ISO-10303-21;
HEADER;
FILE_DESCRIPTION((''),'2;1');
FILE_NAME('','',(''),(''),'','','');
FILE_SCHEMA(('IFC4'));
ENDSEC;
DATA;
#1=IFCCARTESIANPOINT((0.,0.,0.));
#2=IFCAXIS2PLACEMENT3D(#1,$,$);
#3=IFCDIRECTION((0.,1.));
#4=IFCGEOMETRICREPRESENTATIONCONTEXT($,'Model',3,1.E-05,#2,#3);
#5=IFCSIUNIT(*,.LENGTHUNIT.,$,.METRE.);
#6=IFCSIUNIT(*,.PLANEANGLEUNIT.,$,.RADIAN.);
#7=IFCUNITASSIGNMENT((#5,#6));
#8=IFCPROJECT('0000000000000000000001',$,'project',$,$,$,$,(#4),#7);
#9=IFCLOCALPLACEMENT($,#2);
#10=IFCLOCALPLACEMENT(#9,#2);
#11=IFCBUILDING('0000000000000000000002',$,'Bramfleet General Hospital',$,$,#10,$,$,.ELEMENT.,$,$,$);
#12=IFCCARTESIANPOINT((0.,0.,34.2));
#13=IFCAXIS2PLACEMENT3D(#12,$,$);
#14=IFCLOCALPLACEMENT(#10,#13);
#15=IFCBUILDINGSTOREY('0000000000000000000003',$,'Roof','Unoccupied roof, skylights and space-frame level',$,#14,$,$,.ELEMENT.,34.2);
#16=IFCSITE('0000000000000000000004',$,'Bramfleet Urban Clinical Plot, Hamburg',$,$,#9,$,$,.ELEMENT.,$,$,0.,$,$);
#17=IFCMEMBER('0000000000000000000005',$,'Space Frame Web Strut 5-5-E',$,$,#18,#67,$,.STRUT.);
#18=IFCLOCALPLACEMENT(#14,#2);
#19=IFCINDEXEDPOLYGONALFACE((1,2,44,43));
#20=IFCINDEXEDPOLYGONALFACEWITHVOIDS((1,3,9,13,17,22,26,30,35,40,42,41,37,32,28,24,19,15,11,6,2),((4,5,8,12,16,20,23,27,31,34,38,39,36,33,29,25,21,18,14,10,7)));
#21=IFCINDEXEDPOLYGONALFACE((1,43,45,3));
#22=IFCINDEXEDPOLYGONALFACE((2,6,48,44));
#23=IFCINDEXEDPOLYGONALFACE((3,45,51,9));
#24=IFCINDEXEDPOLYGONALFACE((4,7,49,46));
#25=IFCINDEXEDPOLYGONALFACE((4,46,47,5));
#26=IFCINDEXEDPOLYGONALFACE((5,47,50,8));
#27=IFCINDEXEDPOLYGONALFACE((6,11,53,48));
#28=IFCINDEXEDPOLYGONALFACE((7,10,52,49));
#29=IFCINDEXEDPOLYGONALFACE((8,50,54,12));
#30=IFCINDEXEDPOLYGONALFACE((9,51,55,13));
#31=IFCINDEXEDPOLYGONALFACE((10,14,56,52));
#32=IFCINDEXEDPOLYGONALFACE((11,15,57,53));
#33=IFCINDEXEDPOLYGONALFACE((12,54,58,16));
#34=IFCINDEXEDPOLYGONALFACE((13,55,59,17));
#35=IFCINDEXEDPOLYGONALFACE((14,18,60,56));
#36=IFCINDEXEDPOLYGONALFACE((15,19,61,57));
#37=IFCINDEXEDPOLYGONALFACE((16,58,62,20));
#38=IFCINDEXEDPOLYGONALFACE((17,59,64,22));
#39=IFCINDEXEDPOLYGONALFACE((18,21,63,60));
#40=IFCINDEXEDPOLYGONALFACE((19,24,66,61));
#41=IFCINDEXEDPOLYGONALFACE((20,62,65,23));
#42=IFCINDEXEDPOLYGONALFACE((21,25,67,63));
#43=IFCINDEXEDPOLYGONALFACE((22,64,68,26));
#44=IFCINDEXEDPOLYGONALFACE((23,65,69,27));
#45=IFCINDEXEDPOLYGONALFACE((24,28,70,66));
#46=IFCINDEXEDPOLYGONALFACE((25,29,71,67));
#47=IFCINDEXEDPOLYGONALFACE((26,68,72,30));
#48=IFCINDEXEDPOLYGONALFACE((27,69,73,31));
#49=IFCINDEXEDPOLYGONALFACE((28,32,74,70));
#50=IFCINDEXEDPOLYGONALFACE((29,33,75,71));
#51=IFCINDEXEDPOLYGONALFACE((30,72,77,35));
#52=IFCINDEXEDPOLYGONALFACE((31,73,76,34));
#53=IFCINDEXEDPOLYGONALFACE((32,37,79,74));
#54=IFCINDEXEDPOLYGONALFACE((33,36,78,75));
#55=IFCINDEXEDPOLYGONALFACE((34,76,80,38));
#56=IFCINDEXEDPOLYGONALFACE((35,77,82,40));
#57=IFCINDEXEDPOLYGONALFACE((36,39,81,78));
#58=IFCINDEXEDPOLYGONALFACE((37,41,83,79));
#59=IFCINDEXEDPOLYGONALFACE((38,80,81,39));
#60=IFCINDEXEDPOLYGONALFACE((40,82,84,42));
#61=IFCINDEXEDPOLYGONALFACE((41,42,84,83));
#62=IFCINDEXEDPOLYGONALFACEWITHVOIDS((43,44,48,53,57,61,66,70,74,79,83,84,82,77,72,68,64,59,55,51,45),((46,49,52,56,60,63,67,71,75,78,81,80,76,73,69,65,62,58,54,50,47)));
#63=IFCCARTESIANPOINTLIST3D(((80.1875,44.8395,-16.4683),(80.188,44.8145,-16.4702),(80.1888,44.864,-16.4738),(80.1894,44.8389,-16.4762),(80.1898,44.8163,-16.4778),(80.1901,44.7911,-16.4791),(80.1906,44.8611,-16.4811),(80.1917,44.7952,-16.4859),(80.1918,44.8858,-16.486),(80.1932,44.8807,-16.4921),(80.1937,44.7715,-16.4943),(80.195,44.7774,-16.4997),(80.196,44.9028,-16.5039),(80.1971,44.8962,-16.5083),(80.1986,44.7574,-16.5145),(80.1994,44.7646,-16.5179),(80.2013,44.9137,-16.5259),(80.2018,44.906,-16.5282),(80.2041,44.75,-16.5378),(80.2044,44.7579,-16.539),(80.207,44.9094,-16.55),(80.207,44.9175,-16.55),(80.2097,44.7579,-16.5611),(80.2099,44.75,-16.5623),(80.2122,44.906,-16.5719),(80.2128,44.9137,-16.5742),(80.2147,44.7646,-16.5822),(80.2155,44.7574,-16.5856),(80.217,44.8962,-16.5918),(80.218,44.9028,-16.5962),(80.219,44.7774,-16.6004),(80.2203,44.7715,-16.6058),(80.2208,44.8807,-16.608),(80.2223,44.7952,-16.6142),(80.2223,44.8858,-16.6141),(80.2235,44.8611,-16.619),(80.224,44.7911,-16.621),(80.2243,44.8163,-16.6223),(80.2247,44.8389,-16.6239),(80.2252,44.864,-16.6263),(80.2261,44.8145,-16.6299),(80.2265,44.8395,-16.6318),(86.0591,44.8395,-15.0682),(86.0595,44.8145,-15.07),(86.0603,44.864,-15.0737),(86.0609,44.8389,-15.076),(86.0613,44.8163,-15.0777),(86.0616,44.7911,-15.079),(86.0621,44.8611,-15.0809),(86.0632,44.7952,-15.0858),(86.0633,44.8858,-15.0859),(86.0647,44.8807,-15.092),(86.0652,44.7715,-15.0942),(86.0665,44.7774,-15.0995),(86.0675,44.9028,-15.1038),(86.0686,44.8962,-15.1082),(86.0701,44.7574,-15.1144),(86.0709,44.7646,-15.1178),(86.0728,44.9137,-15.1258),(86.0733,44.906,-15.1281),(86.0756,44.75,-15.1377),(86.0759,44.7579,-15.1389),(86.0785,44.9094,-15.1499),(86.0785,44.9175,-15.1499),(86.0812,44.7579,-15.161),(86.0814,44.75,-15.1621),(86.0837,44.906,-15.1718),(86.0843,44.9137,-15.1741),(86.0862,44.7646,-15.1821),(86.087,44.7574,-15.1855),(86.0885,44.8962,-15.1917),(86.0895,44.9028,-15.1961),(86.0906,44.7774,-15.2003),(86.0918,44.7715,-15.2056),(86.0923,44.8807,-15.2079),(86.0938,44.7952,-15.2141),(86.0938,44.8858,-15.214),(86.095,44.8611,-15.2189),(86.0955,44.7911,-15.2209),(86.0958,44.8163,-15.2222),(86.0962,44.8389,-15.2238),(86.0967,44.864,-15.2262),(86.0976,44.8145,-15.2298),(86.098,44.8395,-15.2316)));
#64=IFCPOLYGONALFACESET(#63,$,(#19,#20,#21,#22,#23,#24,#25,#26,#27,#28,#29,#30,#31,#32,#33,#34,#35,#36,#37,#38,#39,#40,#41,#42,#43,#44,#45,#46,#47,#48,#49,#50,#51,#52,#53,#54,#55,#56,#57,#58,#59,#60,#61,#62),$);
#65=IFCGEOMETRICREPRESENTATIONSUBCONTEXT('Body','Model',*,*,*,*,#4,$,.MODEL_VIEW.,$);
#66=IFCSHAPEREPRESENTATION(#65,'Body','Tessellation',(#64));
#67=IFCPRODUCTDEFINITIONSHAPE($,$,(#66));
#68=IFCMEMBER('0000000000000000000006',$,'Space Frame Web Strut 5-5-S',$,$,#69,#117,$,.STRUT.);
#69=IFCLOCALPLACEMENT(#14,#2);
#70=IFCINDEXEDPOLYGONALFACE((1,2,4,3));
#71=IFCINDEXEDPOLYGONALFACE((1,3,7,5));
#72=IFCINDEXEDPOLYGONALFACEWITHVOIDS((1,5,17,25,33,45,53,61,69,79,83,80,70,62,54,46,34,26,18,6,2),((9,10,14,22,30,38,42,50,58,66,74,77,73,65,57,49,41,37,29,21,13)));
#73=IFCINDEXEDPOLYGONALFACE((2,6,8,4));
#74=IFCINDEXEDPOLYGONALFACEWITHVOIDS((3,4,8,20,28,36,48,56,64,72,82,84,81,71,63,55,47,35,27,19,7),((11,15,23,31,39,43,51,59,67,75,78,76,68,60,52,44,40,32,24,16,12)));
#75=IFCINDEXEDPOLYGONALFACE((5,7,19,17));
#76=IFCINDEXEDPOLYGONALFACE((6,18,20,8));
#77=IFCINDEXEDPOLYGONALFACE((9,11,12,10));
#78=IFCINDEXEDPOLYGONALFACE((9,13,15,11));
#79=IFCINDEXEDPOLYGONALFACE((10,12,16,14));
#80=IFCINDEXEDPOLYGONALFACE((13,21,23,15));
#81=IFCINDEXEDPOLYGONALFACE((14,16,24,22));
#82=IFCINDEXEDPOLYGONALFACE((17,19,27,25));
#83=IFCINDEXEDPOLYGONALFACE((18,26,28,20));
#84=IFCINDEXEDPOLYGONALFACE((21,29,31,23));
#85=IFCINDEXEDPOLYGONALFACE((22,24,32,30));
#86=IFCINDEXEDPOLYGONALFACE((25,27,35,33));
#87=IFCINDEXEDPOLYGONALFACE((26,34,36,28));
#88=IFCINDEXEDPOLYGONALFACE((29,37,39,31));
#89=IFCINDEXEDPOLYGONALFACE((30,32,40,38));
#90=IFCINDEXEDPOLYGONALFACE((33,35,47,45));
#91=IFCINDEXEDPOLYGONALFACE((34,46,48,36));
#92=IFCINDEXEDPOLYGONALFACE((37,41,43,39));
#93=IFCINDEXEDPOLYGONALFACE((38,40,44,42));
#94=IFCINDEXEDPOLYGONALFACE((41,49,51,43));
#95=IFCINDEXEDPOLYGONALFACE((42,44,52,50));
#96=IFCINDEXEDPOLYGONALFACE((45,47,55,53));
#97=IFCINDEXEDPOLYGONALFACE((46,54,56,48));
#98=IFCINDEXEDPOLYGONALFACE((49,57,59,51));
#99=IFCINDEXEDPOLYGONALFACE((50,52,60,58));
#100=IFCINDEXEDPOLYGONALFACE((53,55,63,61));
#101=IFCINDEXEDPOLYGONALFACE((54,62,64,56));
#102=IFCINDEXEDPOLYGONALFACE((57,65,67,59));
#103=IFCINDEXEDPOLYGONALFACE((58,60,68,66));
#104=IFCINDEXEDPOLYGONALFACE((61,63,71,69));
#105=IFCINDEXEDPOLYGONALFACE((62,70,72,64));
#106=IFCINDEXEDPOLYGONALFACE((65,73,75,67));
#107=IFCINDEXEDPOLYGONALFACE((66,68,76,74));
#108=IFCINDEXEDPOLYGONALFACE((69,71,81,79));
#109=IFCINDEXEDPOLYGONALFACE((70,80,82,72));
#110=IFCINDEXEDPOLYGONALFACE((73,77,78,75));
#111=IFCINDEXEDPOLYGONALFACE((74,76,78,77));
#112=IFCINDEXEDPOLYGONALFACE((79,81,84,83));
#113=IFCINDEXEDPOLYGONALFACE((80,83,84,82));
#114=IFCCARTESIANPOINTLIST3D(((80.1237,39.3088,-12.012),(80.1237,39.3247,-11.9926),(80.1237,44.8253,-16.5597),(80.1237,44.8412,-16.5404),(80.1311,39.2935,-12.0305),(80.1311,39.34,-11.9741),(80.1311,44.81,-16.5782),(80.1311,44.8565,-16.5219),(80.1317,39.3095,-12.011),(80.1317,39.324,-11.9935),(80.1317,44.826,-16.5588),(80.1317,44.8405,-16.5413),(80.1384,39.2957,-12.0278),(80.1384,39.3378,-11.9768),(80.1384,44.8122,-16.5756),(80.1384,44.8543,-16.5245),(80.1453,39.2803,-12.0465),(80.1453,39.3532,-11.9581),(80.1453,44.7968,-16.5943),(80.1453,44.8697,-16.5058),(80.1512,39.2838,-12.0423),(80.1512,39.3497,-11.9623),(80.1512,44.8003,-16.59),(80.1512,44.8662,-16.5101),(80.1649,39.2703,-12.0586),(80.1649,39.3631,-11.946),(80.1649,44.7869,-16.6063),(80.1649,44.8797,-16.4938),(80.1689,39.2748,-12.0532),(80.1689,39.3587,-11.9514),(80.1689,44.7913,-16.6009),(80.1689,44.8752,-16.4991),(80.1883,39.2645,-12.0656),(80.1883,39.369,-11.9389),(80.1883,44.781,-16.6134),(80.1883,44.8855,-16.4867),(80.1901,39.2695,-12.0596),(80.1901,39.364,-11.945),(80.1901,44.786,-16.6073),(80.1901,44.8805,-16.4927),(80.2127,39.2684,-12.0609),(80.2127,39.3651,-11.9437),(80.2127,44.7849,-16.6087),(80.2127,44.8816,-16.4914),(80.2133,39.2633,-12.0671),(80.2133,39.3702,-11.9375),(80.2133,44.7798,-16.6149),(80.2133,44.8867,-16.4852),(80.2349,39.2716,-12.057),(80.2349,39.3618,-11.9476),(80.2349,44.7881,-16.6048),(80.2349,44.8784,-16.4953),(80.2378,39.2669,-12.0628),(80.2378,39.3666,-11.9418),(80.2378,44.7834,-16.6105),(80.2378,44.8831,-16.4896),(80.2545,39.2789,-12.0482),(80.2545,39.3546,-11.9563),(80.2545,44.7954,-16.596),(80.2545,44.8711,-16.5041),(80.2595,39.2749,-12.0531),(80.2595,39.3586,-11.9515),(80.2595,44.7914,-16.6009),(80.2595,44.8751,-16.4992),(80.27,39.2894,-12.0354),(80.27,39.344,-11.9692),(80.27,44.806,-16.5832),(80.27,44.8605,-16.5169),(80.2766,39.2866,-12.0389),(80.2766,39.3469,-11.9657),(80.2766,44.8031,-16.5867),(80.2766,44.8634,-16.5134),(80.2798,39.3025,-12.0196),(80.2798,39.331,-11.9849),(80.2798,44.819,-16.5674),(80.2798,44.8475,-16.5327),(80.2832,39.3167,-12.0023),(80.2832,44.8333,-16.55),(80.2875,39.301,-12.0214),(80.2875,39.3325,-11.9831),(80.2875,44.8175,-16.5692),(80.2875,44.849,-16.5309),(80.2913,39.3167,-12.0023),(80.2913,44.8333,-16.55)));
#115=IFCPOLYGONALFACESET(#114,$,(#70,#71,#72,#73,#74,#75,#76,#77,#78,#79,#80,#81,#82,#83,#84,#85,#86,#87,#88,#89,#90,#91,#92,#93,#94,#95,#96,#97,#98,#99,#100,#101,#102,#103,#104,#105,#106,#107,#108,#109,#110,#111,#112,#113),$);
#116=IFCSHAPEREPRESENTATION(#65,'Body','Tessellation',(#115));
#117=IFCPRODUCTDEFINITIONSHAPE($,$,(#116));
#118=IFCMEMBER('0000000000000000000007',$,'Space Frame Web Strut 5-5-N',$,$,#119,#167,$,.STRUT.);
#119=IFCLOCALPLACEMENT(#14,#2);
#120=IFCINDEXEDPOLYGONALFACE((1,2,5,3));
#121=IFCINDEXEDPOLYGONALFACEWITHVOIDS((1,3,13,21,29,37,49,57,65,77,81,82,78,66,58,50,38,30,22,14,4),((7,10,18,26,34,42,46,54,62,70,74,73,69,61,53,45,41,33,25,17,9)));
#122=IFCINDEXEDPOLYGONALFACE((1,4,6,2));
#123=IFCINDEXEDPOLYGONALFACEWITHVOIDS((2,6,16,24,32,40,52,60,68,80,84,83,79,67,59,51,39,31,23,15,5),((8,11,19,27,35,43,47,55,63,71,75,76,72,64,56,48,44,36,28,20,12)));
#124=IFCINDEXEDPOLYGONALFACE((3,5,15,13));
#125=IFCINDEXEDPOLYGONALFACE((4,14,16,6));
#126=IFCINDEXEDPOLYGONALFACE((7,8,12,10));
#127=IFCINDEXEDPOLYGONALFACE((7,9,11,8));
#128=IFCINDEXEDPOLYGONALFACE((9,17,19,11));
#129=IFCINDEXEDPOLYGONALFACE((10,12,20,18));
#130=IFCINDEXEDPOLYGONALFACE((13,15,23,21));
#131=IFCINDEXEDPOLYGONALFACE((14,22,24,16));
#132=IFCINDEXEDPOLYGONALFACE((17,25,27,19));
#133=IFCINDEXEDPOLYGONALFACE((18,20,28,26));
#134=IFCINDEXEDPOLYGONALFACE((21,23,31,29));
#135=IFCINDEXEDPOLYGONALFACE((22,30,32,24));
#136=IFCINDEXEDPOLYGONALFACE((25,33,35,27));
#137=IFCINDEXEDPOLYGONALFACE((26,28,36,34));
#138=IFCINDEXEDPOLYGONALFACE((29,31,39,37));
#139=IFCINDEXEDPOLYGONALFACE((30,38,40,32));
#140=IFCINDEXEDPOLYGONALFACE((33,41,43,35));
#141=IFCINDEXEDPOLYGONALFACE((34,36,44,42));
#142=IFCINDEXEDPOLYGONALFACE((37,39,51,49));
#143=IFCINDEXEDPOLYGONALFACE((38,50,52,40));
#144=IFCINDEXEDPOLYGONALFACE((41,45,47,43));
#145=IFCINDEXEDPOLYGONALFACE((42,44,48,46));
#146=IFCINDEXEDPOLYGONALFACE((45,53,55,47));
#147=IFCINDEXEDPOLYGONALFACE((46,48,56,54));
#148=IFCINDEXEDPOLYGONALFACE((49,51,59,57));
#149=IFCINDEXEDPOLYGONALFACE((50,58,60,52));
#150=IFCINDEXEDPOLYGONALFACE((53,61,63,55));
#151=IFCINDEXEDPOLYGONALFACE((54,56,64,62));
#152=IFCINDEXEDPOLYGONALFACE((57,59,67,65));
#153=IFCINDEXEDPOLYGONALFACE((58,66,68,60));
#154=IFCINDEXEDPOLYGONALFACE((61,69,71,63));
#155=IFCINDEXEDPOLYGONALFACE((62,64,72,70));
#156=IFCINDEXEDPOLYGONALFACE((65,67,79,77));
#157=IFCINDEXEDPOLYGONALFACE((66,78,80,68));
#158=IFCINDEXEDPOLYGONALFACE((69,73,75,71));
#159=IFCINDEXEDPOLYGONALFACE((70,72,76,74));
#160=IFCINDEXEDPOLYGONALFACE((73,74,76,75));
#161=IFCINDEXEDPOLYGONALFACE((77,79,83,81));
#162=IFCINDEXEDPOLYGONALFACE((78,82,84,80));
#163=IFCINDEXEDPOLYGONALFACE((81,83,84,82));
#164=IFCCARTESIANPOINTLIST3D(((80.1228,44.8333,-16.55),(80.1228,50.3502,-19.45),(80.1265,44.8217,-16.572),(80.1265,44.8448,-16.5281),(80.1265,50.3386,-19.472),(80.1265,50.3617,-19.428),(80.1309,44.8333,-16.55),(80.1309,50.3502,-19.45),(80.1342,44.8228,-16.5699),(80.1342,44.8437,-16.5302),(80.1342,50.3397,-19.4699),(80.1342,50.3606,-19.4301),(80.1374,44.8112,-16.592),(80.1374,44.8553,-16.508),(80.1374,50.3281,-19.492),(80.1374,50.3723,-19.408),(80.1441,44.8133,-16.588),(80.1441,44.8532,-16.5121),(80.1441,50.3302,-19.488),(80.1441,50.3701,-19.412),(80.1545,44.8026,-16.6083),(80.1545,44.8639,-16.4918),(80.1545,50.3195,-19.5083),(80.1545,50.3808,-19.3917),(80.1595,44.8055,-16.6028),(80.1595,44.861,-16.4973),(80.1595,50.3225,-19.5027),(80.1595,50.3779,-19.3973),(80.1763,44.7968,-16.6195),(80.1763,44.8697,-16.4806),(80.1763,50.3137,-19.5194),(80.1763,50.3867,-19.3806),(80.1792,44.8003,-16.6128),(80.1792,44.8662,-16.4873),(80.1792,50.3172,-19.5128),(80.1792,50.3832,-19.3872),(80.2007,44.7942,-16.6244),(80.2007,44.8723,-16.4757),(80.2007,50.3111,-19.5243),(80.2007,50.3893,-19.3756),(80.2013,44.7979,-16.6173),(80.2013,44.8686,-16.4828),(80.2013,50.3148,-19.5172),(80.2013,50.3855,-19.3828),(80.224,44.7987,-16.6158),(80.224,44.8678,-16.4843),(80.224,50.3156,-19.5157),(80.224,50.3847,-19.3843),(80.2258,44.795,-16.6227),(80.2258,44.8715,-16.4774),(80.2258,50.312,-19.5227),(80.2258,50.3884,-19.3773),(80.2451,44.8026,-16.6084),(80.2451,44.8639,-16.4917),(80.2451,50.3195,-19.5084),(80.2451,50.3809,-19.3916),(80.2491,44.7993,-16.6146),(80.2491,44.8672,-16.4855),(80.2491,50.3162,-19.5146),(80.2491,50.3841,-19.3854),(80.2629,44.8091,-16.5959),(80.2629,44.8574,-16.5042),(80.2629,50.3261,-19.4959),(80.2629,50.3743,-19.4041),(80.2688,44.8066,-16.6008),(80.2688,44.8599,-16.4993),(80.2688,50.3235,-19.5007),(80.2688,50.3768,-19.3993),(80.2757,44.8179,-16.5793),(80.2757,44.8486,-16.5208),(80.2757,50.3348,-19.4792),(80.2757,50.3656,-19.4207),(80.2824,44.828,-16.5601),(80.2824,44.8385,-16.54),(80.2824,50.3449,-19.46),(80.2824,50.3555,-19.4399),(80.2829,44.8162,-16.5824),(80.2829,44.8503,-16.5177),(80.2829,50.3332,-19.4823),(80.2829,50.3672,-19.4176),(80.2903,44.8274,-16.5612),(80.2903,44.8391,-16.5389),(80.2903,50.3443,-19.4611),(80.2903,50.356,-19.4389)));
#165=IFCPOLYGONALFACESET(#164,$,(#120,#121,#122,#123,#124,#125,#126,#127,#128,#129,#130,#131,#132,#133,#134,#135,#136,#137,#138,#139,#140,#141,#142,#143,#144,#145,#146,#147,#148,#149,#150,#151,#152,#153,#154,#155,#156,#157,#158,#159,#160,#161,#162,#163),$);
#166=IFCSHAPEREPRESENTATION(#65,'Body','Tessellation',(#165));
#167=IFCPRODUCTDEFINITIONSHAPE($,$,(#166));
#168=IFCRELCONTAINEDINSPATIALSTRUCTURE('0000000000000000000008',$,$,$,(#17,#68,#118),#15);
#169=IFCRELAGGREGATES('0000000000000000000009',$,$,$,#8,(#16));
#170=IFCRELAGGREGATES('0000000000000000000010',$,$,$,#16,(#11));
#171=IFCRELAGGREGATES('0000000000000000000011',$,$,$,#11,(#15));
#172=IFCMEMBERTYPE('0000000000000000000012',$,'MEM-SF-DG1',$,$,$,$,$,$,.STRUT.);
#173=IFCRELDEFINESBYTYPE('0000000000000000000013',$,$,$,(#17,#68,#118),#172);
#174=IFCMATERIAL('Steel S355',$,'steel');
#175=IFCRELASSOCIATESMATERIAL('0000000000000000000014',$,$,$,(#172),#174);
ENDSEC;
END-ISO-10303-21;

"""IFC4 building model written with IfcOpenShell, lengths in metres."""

from ifc_helpers import new_model, si_unit, direction, frame, origin, origin_2d, place, context, subcontext, project, spatial, hollow_circle, extrude, material, material_profile, profile_set, type_object, element, save


model = new_model("IFC4")

# Units and contexts
model_context = context("Model", 3, precision=1e-05, world=origin(), true_north=direction((0.0, 1.0)))
body_context = subcontext(model_context, "Body", "Model", "MODEL_VIEW")
ifc_project = project(units=[si_unit("LENGTHUNIT", "METRE"), si_unit("PLANEANGLEUNIT", "RADIAN")], contexts=[model_context])

# Site, building, storey
site_placement = place(None, origin())
site = spatial("IfcSite", under=ifc_project, at=site_placement, Name="Bramfleet Urban Clinical Plot, Hamburg", CompositionType="ELEMENT", RefElevation=0.0)
building_placement = place(site_placement, origin())
building = spatial("IfcBuilding", under=site, at=building_placement, Name="Bramfleet General Hospital", CompositionType="ELEMENT")
storey_placement = place(building_placement, frame((0.0, 0.0, 34.2)))
storey = spatial("IfcBuildingStorey", under=building, at=storey_placement, Name="Roof", Description="Unoccupied roof, skylights and space-frame level", CompositionType="ELEMENT", Elevation=34.2)

# Members
ifc_material = material(Name="Steel S355", Category="steel")
ifc_material_profile_1 = material_profile(ifc_material, hollow_circle(Radius=0.0842, WallThickness=0.0081, at=origin_2d()), Name="CHS 168.3x8.0")
ifc_profile_set_1 = profile_set([ifc_material_profile_1], Name="Steel S355")
member_type_1 = type_object("IfcMemberType", Name="MEM-SF-DG1", PredefinedType="STRUT", material=ifc_profile_set_1)
member_1_placement = place(storey_placement, frame((80.207, 44.8333, -16.55), z_axis=(0.972726, 0.0, 0.231958), x_axis=(0.0, 1.0, 0.0)))
element("IfcMember", 1, at=member_1_placement, inside=storey, type_object=member_type_1, Name="Space Frame Web Strut 5-5-E", PredefinedType="STRUT", context=body_context, shape_type="SweptSolid", body=[
    extrude(hollow_circle(Radius=0.0842, WallThickness=0.0081, at=origin_2d()), origin(), (0.0, 0.0, 1.0), 6.0361),
])
member_2_placement = place(storey_placement, frame((80.207, 44.8333, -16.55), z_axis=(0.0, -0.771603, 0.636105), x_axis=(1.0, 0.0, 0.0)))
element("IfcMember", 2, at=member_2_placement, inside=storey, type_object=member_type_1, Name="Space Frame Web Strut 5-5-S", PredefinedType="STRUT", context=body_context, shape_type="SweptSolid", body=[
    extrude(hollow_circle(Radius=0.0842, WallThickness=0.0081, at=origin_2d()), origin(), (0.0, 0.0, 1.0), 7.1494),
])
member_3_placement = place(storey_placement, frame((80.207, 44.8333, -16.55), z_axis=(0.0, 0.885163, -0.465281), x_axis=(-1.0, 0.0, 0.0)))
element("IfcMember", 3, at=member_3_placement, inside=storey, type_object=member_type_1, Name="Space Frame Web Strut 5-5-N", PredefinedType="STRUT", context=body_context, shape_type="SweptSolid", body=[
    extrude(hollow_circle(Radius=0.0842, WallThickness=0.0081, at=origin_2d()), origin(), (0.0, 0.0, 1.0), 6.2327),
])

save(model, "model.ifc")
